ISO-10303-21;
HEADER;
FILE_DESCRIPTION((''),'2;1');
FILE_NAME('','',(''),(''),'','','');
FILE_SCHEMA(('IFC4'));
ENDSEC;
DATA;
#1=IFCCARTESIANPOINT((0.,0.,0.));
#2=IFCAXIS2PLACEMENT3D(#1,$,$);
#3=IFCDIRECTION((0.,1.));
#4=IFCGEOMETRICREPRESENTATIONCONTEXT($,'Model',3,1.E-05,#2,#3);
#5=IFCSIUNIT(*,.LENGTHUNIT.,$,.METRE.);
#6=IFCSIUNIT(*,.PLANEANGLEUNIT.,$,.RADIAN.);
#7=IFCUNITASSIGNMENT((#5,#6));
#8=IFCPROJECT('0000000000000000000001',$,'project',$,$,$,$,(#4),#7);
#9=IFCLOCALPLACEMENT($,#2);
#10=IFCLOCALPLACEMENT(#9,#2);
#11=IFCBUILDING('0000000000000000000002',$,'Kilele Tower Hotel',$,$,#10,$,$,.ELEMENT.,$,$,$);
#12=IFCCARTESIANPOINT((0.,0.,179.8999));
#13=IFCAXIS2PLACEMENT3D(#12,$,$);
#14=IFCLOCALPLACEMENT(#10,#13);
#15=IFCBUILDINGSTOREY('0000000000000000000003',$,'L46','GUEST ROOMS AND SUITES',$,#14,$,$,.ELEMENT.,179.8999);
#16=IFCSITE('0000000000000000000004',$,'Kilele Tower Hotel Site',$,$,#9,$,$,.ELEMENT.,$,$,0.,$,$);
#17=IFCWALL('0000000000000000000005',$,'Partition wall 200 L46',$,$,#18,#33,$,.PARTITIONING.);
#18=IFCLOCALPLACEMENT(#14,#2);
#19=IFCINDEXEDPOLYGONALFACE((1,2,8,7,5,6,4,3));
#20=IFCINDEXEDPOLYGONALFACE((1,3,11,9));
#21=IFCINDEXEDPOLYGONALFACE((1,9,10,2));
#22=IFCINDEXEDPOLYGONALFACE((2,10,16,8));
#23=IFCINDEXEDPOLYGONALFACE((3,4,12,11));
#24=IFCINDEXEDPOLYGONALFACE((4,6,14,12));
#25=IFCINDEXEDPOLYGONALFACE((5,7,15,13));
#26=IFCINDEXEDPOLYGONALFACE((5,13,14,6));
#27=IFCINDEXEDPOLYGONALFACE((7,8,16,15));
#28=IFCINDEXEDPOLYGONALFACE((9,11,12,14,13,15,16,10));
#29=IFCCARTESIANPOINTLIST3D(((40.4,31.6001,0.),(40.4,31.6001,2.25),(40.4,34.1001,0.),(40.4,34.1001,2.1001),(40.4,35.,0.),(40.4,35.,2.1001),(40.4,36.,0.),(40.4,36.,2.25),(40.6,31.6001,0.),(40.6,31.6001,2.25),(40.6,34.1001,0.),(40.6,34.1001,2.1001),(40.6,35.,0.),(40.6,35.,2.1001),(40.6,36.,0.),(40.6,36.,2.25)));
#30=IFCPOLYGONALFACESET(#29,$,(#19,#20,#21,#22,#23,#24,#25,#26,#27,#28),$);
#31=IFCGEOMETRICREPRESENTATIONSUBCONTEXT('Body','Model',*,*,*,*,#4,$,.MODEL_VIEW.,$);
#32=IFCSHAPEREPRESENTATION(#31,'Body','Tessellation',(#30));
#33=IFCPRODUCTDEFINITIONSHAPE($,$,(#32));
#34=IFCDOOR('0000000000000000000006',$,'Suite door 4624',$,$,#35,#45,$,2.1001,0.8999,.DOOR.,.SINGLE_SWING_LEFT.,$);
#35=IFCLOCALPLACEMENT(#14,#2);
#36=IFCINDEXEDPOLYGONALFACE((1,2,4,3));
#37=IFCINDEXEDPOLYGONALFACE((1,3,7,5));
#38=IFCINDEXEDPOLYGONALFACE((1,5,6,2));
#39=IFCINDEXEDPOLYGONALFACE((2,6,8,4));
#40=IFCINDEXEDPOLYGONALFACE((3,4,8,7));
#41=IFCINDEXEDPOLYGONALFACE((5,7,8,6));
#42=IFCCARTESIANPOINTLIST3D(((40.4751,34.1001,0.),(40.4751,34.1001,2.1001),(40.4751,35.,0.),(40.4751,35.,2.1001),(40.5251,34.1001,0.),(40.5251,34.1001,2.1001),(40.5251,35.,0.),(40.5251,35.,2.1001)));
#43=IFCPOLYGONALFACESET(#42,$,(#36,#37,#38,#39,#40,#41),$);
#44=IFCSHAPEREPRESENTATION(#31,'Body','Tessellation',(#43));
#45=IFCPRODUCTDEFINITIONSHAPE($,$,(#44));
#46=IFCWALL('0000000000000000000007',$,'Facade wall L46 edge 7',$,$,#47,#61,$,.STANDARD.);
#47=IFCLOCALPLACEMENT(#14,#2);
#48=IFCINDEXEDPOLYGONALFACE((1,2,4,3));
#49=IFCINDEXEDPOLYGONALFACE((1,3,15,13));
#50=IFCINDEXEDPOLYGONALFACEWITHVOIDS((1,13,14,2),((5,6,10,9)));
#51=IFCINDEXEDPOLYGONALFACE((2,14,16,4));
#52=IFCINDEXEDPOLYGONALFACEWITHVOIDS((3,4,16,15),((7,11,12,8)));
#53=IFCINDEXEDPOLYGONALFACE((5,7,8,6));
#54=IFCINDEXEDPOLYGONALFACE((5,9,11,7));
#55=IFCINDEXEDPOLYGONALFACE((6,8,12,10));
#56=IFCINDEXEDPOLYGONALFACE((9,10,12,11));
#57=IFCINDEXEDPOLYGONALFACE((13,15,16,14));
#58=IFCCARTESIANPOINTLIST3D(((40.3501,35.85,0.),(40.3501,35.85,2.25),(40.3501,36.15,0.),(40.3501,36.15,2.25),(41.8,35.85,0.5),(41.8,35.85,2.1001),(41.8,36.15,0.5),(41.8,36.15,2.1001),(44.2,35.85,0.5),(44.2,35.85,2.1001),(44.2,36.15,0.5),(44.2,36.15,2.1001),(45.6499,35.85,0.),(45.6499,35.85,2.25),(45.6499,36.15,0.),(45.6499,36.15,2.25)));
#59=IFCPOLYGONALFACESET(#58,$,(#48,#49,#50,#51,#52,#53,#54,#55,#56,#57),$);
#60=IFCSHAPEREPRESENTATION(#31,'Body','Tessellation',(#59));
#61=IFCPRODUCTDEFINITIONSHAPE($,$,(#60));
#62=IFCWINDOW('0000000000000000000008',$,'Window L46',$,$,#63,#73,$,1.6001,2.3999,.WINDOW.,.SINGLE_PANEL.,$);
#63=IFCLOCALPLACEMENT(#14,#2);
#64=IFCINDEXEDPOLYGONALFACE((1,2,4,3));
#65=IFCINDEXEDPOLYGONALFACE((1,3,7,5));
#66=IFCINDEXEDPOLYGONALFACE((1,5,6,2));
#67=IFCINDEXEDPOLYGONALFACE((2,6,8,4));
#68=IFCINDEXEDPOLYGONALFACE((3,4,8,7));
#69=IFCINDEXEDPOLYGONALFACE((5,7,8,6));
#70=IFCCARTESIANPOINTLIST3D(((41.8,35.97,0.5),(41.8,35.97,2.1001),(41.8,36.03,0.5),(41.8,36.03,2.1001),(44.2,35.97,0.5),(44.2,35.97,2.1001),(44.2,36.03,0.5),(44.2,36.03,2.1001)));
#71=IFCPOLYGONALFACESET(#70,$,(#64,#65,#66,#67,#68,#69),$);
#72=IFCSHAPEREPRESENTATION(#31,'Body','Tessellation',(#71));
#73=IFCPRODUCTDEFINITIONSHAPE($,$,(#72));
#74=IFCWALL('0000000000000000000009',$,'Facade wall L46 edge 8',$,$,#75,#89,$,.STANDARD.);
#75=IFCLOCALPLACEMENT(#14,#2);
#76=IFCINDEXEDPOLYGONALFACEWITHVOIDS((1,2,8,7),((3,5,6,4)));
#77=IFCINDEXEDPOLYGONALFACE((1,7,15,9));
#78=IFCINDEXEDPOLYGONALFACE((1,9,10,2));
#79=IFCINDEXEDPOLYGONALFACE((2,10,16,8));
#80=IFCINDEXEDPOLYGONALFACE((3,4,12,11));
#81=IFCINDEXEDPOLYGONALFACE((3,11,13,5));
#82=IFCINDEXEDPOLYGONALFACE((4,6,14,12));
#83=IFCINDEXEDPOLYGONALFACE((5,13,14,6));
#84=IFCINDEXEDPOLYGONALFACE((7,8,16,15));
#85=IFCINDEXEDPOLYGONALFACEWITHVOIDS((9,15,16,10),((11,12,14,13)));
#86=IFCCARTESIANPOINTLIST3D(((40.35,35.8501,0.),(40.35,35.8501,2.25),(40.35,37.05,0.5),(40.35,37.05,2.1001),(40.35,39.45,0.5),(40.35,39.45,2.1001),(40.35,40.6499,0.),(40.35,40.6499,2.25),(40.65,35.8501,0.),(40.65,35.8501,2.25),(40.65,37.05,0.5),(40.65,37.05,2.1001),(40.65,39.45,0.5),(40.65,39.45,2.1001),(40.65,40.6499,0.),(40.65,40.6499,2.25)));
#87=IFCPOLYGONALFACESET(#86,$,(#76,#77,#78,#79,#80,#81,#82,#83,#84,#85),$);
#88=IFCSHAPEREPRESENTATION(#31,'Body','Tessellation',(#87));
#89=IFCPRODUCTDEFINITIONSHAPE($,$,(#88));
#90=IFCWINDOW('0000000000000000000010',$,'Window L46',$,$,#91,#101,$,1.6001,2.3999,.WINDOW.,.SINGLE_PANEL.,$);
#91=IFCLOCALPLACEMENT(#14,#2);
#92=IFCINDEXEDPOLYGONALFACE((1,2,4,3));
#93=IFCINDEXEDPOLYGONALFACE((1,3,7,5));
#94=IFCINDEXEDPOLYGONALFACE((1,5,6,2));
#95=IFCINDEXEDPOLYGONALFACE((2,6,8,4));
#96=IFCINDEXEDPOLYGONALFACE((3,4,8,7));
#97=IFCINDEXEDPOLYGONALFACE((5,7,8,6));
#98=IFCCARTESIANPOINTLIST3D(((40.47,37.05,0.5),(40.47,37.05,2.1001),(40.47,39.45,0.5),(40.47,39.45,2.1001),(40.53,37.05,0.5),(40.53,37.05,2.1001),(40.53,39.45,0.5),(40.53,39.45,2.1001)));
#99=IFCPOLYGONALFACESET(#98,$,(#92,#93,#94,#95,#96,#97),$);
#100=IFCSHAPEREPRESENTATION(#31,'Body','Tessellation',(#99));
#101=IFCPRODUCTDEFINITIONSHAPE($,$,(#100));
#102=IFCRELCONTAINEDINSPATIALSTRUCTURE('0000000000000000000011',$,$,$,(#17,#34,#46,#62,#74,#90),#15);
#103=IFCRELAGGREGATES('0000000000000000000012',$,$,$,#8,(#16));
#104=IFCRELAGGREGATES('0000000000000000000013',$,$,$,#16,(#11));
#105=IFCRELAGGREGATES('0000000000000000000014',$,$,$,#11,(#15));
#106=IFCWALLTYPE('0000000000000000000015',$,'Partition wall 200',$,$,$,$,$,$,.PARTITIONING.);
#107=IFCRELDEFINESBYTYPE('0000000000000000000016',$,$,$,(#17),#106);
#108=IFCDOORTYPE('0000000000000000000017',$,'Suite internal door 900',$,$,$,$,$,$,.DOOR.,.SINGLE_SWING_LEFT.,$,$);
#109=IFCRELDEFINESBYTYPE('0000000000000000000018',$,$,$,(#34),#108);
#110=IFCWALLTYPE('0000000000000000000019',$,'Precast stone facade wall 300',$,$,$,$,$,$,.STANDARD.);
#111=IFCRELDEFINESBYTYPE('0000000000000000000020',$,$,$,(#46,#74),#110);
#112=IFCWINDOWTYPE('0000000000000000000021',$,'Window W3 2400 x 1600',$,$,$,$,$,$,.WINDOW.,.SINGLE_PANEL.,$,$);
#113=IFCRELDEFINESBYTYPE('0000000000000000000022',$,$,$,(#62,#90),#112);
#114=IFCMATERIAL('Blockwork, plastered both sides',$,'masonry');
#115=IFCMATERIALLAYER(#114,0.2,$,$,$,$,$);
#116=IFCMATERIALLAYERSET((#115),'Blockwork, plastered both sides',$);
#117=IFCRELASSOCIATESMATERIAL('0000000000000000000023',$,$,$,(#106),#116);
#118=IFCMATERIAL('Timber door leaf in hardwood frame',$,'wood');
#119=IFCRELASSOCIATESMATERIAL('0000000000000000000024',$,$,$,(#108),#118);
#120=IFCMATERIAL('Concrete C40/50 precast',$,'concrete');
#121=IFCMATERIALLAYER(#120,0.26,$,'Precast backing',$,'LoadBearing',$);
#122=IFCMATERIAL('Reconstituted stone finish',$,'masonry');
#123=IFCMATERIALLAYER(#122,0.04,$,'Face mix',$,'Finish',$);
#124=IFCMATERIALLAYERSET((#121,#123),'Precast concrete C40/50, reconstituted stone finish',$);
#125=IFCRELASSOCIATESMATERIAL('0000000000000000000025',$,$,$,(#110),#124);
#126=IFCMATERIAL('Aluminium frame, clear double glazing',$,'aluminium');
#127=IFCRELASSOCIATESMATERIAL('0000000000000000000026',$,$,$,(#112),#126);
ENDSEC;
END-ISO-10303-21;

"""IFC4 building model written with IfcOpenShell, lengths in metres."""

from ifc_helpers import new_model, si_unit, direction, frame, frame_2d, origin, place, context, subcontext, project, spatial, rectangle, extrude, material, layer, layer_set, type_object, element, fill, save


model = new_model("IFC4")

# Units and contexts
model_context = context("Model", 3, precision=1e-05, world=origin(), true_north=direction((0.0, 1.0)))
body_context = subcontext(model_context, "Body", "Model", "MODEL_VIEW")
ifc_project = project(units=[si_unit("LENGTHUNIT", "METRE"), si_unit("PLANEANGLEUNIT", "RADIAN")], contexts=[model_context])

# Site, building, storey
site_placement = place(None, origin())
site = spatial("IfcSite", under=ifc_project, at=site_placement, Name="Kilele Tower Hotel Site", CompositionType="ELEMENT", RefElevation=0.0)
building_placement = place(site_placement, origin())
building = spatial("IfcBuilding", under=site, at=building_placement, Name="Kilele Tower Hotel", CompositionType="ELEMENT")
storey_placement = place(building_placement, frame((0.0, 0.0, 179.8999)))
storey = spatial("IfcBuildingStorey", under=building, at=storey_placement, Name="L46", Description="GUEST ROOMS AND SUITES", CompositionType="ELEMENT", Elevation=179.8999)

# Wall, opening, door
ifc_material_1 = material(Name="Blockwork, plastered both sides", Category="masonry")
ifc_layer_1 = layer(ifc_material_1, 0.2)
ifc_layer_set_1 = layer_set([ifc_layer_1], Name="Blockwork, plastered both sides")
wall_type_1 = type_object("IfcWallType", Name="Partition wall 200", PredefinedType="PARTITIONING", material=ifc_layer_set_1)
wall_1_placement = place(storey_placement, frame((40.5, 31.6001, 0.0), z_axis=(0.0, 0.0, 1.0), x_axis=(0.0, 1.0, 0.0)))
wall_1 = element("IfcWall", 1, at=wall_1_placement, inside=storey, type_object=wall_type_1, Name="Partition wall 200 L46", PredefinedType="PARTITIONING", context=body_context, shape_type="SweptSolid", body=[
    extrude(rectangle(XDim=4.3999, YDim=0.2, at=frame_2d((2.2, 0.0))), origin(), (0.0, 0.0, 1.0), 2.25),
])
opening_1_placement = place(wall_1_placement, frame((2.5, 0.0, 0.0)))
opening_1 = element("IfcOpeningElement", 2, at=opening_1_placement, cuts=wall_1, PredefinedType="OPENING", context=body_context, shape_type="SweptSolid", body=[
    extrude(rectangle(XDim=0.8999, YDim=2.1001, at=frame_2d((0.45, 1.05))), frame((0.0, 0.1099, 0.0), z_axis=(0.0, -1.0, 0.0), x_axis=(1.0, 0.0, 0.0)), (0.0, 0.0, 1.0), 0.22),
])
ifc_material_2 = material(Name="Timber door leaf in hardwood frame", Category="wood")
door_type_1 = type_object("IfcDoorType", Name="Suite internal door 900", OperationType="SINGLE_SWING_LEFT", PredefinedType="DOOR", material=ifc_material_2)
door_1_placement = place(opening_1_placement, origin())
door_1 = element("IfcDoor", 3, at=door_1_placement, inside=storey, type_object=door_type_1, Name="Suite door 4624", OperationType="SINGLE_SWING_LEFT", OverallHeight=2.1001, OverallWidth=0.8999, PredefinedType="DOOR", context=body_context, shape_type="SweptSolid", body=[
    extrude(rectangle(XDim=0.8999, YDim=2.1001, at=frame_2d((0.45, 1.05))), frame((0.0, 0.0249, 0.0), z_axis=(0.0, -1.0, 0.0), x_axis=(1.0, 0.0, 0.0)), (0.0, 0.0, 1.0), 0.05),
])
fill(opening_1, door_1)

# Walls, openings, windows
ifc_material_3 = material(Name="Concrete C40/50 precast", Category="concrete")
ifc_layer_2 = layer(ifc_material_3, 0.26, Name="Precast backing", Category="LoadBearing")
ifc_material_4 = material(Name="Reconstituted stone finish", Category="masonry")
ifc_layer_3 = layer(ifc_material_4, 0.04, Name="Face mix", Category="Finish")
ifc_layer_set_2 = layer_set([ifc_layer_2, ifc_layer_3], Name="Precast concrete C40/50, reconstituted stone finish")
wall_type_2 = type_object("IfcWallType", Name="Precast stone facade wall 300", PredefinedType="STANDARD", material=ifc_layer_set_2)
wall_2_placement = place(storey_placement, frame((45.6499, 36.0, 0.0), z_axis=(0.0, 0.0, 1.0), x_axis=(-1.0, 0.0, 0.0)))
wall_2 = element("IfcWall", 4, at=wall_2_placement, inside=storey, type_object=wall_type_2, Name="Facade wall L46 edge 7", PredefinedType="STANDARD", context=body_context, shape_type="SweptSolid", body=[
    extrude(rectangle(XDim=5.2998, YDim=0.3, at=frame_2d((2.6499, 0.0))), origin(), (0.0, 0.0, 1.0), 2.25),
])
opening_2_placement = place(wall_2_placement, frame((1.45, 0.0, 0.5)))
opening_2 = element("IfcOpeningElement", 5, at=opening_2_placement, cuts=wall_2, PredefinedType="OPENING", context=body_context, shape_type="SweptSolid", body=[
    extrude(rectangle(XDim=2.3999, YDim=1.6001, at=frame_2d((1.2, 0.8))), frame((0.0, 0.1599, 0.0), z_axis=(0.0, -1.0, 0.0), x_axis=(1.0, 0.0, 0.0)), (0.0, 0.0, 1.0), 0.3201),
])
ifc_material_5 = material(Name="Aluminium frame, clear double glazing", Category="aluminium")
window_type = type_object("IfcWindowType", Name="Window W3 2400 x 1600", PartitioningType="SINGLE_PANEL", PredefinedType="WINDOW", material=ifc_material_5)
window_1_placement = place(opening_2_placement, origin())
window_1 = element("IfcWindow", 6, at=window_1_placement, inside=storey, type_object=window_type, Name="Window L46", OverallHeight=1.6001, OverallWidth=2.3999, PartitioningType="SINGLE_PANEL", PredefinedType="WINDOW", context=body_context, shape_type="SweptSolid", body=[
    extrude(rectangle(XDim=2.3999, YDim=1.6001, at=frame_2d((1.2, 0.8))), frame((0.0, 0.03, 0.0), z_axis=(0.0, -1.0, 0.0), x_axis=(1.0, 0.0, 0.0)), (0.0, 0.0, 1.0), 0.0601),
])
fill(opening_2, window_1)
wall_3_placement = place(storey_placement, frame((40.5, 35.8501, 0.0), z_axis=(0.0, 0.0, 1.0), x_axis=(0.0, 1.0, 0.0)))
wall_3 = element("IfcWall", 7, at=wall_3_placement, inside=storey, type_object=wall_type_2, Name="Facade wall L46 edge 8", PredefinedType="STANDARD", context=body_context, shape_type="SweptSolid", body=[
    extrude(rectangle(XDim=4.7998, YDim=0.3, at=frame_2d((2.3999, 0.0))), origin(), (0.0, 0.0, 1.0), 2.25),
])
opening_3_placement = place(wall_3_placement, frame((1.2, 0.0, 0.5)))
opening_3 = element("IfcOpeningElement", 8, at=opening_3_placement, cuts=wall_3, PredefinedType="OPENING", context=body_context, shape_type="SweptSolid", body=[
    extrude(rectangle(XDim=2.3999, YDim=1.6001, at=frame_2d((1.2, 0.8))), frame((0.0, 0.1599, 0.0), z_axis=(0.0, -1.0, 0.0), x_axis=(1.0, 0.0, 0.0)), (0.0, 0.0, 1.0), 0.3201),
])
window_2_placement = place(opening_3_placement, origin())
window_2 = element("IfcWindow", 9, at=window_2_placement, inside=storey, type_object=window_type, Name="Window L46", OverallHeight=1.6001, OverallWidth=2.3999, PartitioningType="SINGLE_PANEL", PredefinedType="WINDOW", context=body_context, shape_type="SweptSolid", body=[
    extrude(rectangle(XDim=2.3999, YDim=1.6001, at=frame_2d((1.2, 0.8))), frame((0.0, 0.03, 0.0), z_axis=(0.0, -1.0, 0.0), x_axis=(1.0, 0.0, 0.0)), (0.0, 0.0, 1.0), 0.0601),
])
fill(opening_3, window_2)

save(model, "model.ifc")
